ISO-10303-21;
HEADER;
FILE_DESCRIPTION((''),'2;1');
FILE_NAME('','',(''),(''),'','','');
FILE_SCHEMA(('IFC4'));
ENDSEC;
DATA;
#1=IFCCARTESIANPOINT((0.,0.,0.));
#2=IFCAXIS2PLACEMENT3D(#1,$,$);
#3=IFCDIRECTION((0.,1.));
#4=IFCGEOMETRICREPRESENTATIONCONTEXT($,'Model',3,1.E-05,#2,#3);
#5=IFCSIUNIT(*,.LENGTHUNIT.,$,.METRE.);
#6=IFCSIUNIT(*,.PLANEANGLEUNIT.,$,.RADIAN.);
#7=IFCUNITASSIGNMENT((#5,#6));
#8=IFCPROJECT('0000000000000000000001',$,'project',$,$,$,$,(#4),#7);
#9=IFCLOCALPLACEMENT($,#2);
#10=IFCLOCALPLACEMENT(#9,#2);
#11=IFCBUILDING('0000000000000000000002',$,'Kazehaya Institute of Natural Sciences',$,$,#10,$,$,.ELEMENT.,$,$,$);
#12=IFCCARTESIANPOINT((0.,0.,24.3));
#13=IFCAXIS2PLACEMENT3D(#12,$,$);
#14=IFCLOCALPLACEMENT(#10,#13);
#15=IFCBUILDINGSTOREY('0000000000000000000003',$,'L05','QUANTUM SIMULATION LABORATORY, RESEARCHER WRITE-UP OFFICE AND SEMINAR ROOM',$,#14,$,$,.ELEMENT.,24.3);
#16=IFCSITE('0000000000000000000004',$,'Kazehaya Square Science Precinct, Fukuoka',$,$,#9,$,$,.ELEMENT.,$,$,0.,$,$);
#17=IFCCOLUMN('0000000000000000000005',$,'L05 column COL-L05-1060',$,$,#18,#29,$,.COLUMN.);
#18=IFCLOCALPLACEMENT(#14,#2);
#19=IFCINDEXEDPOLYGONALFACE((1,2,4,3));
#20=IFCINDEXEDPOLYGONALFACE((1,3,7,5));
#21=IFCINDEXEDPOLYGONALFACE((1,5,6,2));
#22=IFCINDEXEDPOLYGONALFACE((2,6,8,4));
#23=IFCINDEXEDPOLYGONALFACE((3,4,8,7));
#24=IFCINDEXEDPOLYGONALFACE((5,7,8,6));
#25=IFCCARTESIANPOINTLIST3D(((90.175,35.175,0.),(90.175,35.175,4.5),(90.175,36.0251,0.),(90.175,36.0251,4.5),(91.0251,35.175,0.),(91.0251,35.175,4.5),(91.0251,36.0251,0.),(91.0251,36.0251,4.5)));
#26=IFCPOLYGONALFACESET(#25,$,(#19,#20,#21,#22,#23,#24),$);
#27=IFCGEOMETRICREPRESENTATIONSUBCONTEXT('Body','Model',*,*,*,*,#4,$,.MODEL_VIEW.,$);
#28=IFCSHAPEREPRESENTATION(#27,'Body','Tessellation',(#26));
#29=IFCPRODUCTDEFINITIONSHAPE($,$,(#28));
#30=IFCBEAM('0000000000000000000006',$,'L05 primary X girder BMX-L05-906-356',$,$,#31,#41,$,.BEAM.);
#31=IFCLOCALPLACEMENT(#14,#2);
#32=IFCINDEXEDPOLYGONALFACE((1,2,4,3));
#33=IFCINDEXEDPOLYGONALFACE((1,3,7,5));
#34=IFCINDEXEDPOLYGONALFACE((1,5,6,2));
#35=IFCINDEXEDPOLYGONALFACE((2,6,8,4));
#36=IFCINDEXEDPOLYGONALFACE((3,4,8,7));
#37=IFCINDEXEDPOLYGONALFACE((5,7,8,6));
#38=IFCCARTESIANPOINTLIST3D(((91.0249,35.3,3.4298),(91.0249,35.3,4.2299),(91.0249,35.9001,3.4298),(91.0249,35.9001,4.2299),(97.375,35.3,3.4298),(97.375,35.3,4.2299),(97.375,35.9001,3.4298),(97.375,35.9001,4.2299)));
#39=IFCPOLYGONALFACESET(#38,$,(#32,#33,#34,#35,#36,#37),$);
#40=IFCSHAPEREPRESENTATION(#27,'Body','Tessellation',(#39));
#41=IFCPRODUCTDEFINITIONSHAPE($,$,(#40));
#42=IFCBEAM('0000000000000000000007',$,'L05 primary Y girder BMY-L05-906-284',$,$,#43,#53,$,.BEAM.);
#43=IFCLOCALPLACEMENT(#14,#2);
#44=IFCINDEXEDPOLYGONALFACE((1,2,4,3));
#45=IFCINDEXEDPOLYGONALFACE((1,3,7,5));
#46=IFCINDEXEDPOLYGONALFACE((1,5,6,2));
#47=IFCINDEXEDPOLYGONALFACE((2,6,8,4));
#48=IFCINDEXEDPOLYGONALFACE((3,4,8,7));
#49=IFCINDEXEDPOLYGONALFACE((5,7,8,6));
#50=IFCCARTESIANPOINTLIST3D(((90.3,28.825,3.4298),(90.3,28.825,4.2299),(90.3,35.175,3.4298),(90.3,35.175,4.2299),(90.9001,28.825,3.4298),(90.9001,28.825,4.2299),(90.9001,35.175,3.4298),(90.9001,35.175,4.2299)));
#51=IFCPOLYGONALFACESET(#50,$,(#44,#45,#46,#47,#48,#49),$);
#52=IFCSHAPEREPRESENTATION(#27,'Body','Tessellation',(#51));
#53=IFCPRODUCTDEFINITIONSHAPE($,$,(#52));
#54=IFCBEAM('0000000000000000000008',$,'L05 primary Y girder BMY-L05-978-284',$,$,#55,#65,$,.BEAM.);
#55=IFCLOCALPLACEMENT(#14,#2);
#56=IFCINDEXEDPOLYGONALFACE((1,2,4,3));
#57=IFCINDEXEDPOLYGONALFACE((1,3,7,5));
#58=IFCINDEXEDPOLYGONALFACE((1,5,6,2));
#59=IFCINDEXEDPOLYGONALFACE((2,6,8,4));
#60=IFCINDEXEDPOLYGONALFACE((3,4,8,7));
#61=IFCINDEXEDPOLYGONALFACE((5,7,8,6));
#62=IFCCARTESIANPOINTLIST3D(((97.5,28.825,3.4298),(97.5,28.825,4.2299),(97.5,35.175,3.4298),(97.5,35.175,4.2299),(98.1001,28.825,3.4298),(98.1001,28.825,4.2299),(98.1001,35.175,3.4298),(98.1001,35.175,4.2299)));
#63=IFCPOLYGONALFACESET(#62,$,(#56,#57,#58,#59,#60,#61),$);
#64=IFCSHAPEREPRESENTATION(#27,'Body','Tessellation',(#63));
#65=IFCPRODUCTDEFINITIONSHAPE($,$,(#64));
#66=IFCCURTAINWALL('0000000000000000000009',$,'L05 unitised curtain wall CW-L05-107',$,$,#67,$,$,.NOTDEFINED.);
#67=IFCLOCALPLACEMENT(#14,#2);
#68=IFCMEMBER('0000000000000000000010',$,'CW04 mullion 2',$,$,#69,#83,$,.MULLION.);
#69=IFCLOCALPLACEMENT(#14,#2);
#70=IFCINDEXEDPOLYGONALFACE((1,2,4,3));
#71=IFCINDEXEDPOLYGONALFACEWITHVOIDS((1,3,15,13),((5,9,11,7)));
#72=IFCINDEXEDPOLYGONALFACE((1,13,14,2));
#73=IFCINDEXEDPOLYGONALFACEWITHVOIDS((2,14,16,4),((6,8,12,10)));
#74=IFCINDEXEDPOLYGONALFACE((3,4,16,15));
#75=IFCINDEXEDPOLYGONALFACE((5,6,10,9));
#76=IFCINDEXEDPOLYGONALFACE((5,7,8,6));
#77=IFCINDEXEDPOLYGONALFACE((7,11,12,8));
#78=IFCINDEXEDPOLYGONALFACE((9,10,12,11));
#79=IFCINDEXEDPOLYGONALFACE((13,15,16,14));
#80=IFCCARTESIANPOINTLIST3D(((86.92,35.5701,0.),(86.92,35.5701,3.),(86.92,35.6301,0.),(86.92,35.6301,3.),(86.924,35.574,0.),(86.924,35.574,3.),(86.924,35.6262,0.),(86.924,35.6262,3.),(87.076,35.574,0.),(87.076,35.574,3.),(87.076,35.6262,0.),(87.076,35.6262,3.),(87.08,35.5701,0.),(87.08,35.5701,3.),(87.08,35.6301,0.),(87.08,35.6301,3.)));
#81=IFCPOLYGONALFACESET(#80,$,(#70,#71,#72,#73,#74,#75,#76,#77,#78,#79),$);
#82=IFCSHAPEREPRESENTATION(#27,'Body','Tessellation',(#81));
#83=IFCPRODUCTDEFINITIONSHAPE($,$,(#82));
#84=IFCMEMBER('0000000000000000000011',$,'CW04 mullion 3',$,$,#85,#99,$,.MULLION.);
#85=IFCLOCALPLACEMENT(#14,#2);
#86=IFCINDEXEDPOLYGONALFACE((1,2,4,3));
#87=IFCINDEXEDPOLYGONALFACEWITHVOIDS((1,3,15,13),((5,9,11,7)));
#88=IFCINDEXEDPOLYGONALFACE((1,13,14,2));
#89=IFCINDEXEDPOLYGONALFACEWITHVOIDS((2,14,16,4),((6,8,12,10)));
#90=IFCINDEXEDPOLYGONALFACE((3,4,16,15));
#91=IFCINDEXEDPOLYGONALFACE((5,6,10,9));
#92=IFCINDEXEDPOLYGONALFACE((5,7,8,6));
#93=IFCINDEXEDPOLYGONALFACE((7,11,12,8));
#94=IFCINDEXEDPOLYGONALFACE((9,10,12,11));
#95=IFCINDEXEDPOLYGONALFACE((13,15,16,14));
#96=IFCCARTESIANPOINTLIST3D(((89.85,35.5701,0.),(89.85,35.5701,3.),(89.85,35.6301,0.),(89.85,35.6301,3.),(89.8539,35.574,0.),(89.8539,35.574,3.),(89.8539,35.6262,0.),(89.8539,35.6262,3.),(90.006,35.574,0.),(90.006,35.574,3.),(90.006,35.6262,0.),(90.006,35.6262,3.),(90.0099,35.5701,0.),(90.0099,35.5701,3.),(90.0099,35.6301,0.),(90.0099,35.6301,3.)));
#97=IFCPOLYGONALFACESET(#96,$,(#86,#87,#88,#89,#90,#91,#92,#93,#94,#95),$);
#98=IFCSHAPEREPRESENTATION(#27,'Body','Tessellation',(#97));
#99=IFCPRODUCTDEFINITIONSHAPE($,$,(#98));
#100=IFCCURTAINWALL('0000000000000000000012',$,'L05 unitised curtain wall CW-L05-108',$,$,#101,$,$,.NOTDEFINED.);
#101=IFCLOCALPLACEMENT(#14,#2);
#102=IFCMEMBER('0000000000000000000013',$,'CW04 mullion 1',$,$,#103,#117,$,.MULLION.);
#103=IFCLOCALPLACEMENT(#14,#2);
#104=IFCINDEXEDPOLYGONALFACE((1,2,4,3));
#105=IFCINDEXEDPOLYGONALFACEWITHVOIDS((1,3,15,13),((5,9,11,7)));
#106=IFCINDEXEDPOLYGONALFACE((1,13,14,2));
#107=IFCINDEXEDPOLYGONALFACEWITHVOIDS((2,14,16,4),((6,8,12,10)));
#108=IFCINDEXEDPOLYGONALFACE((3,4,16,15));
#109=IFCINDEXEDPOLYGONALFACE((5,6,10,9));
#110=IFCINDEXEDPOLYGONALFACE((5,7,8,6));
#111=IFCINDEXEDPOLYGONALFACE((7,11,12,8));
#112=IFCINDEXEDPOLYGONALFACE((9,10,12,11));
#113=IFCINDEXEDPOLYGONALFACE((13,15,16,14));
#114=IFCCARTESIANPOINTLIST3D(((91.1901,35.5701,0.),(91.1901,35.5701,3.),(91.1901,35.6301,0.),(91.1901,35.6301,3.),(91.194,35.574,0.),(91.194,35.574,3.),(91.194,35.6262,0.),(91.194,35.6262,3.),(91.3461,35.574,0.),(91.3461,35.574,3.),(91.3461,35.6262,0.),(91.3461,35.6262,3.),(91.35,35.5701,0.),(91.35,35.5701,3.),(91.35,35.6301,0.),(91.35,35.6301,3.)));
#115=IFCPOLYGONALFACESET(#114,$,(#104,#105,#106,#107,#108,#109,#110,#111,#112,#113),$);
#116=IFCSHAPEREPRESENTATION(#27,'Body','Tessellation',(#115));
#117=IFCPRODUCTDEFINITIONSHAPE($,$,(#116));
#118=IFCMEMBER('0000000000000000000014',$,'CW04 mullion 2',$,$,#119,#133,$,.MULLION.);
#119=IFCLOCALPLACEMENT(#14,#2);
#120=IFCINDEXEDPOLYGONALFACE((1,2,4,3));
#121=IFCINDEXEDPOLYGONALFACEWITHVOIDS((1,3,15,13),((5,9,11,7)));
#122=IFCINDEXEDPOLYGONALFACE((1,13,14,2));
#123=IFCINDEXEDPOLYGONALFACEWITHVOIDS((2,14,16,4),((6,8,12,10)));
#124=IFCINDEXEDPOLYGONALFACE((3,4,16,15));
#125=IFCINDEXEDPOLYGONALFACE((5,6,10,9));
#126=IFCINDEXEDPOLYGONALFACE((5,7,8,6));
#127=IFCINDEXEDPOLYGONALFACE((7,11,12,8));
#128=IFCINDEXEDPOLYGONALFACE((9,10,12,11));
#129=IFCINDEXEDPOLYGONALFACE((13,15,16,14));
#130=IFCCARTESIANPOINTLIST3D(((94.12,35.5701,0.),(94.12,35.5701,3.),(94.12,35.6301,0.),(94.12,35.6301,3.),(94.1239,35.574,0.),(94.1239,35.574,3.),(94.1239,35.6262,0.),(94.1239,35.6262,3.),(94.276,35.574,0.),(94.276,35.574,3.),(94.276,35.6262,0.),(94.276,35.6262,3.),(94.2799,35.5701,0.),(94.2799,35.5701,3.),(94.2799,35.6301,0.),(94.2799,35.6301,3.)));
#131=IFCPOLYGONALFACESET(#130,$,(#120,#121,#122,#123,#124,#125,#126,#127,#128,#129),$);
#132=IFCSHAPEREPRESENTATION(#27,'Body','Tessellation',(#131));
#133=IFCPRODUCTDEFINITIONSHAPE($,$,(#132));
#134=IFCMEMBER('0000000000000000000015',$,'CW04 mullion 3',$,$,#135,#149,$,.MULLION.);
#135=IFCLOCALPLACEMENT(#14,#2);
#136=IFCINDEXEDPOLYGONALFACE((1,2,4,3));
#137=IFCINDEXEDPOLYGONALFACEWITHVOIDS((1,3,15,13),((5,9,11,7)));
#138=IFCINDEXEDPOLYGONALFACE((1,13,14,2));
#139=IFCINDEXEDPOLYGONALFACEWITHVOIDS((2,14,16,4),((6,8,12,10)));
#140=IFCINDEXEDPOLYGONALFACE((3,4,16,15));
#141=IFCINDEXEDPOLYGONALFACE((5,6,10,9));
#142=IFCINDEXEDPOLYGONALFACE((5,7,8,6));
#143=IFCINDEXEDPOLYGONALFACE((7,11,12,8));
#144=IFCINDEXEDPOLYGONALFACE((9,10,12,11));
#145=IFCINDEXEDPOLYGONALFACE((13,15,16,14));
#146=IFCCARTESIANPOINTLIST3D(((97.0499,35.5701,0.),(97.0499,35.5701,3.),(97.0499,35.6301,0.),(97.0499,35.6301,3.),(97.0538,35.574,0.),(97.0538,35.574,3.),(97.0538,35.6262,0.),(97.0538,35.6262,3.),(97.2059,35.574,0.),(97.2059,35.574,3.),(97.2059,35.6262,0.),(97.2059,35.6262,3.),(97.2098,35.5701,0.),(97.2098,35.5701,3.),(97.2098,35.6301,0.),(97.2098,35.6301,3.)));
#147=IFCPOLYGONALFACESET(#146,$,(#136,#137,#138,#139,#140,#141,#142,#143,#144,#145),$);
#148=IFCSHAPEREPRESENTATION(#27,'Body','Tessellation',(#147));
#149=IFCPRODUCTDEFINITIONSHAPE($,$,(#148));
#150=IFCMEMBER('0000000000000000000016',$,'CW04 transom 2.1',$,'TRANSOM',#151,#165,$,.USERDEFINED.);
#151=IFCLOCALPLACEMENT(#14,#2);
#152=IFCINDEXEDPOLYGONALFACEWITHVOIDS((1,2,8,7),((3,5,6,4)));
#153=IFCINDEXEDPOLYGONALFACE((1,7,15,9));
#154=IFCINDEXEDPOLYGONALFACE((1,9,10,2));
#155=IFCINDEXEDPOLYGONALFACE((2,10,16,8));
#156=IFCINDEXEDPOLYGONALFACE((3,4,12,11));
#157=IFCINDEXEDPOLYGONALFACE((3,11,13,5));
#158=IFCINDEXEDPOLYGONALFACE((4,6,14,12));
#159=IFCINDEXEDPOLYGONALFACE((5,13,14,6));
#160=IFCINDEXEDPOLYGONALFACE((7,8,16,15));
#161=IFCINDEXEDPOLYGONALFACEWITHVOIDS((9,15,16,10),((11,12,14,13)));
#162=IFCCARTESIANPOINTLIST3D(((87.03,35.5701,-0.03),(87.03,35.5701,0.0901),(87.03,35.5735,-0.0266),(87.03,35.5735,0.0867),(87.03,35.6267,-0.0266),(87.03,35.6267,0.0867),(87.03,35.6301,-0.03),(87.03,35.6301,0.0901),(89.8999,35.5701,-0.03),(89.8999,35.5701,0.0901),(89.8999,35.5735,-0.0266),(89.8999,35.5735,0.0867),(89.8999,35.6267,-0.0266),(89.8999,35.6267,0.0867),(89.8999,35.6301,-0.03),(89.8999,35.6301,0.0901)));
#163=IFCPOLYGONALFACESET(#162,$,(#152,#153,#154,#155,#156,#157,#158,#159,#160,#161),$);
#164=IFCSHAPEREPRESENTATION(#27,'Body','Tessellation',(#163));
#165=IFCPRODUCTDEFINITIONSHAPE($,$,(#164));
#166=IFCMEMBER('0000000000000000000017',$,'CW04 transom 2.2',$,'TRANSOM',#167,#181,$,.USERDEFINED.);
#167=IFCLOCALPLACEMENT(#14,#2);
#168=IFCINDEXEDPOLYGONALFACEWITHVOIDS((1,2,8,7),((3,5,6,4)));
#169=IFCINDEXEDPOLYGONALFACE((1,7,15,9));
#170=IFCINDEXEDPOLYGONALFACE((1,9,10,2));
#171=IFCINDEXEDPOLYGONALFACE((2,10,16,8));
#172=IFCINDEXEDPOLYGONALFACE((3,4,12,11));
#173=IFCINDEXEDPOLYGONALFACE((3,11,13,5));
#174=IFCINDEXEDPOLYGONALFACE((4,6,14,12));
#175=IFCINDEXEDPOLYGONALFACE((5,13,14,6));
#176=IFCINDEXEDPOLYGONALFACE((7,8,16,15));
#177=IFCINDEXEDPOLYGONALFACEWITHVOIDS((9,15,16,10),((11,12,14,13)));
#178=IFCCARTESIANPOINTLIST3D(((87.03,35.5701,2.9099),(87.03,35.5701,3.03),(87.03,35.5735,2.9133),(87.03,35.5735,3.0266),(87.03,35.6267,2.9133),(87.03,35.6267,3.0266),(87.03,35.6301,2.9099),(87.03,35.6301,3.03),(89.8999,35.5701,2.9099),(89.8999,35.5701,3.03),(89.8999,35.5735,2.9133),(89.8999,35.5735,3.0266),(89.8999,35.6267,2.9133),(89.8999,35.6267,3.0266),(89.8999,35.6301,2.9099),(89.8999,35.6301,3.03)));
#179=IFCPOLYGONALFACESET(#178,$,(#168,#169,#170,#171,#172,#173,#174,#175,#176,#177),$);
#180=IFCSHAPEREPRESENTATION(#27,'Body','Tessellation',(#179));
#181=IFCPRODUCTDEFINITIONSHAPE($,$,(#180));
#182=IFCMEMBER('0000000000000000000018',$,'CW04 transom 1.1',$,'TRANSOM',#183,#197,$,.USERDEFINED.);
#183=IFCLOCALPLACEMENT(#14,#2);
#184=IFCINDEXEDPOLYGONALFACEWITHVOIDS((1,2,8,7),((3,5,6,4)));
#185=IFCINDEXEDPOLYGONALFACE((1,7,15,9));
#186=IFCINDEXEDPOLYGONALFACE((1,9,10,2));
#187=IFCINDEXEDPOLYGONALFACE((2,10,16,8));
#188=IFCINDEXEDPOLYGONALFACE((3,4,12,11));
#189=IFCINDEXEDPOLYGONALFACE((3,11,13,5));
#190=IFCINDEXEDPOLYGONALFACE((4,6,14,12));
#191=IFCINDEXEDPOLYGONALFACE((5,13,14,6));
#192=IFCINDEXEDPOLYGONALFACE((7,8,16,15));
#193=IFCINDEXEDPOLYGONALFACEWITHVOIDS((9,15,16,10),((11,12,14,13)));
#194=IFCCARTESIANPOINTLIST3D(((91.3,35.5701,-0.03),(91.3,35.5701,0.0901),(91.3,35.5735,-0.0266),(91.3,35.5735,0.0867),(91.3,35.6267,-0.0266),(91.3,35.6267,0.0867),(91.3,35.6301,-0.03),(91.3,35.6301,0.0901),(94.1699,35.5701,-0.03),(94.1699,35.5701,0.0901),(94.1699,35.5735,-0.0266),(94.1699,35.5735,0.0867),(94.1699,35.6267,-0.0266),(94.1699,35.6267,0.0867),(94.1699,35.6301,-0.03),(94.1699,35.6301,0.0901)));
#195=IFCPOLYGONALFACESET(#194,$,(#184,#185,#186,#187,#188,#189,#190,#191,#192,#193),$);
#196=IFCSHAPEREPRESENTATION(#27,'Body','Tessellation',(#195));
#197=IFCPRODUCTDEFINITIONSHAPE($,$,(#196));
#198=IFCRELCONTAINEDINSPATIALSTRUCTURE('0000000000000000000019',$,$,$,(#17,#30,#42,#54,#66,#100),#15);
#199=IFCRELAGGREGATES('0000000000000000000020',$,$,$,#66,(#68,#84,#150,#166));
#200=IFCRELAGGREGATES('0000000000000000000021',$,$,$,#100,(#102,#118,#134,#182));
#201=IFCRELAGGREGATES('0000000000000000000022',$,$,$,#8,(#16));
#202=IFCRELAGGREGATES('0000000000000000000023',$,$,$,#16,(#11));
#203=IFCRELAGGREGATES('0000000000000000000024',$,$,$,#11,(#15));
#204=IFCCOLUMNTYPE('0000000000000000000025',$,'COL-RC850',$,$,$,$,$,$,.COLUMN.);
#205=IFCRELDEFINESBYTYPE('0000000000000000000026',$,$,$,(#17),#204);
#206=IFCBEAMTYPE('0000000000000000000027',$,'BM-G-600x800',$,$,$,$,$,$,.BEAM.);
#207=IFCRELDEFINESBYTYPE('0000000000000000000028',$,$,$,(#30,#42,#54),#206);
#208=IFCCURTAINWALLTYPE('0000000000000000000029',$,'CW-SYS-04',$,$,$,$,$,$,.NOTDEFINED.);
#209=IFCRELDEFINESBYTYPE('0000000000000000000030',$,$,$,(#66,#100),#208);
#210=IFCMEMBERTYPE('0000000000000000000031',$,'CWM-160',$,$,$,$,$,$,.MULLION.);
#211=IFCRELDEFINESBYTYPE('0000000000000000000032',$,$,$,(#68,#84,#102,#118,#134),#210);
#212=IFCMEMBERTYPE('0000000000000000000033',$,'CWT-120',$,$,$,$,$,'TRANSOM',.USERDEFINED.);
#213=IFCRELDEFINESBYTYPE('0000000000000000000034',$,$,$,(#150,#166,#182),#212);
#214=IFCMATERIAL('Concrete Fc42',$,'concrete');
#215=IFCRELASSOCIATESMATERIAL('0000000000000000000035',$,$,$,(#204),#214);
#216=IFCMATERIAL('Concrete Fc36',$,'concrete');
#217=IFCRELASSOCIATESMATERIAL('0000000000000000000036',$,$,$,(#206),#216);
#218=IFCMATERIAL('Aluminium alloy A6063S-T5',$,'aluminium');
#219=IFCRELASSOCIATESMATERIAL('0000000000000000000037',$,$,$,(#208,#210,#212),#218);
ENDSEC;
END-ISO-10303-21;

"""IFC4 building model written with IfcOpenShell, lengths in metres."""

from ifc_helpers import new_model, si_unit, direction, frame, origin, origin_2d, place, context, subcontext, project, spatial, rectangle, hollow_rectangle, extrude, material, material_profile, profile_set, type_object, element, aggregate, save


model = new_model("IFC4")

# Units and contexts
model_context = context("Model", 3, precision=1e-05, world=origin(), true_north=direction((0.0, 1.0)))
body_context = subcontext(model_context, "Body", "Model", "MODEL_VIEW")
ifc_project = project(units=[si_unit("LENGTHUNIT", "METRE"), si_unit("PLANEANGLEUNIT", "RADIAN")], contexts=[model_context])

# Site, building, storey
site_placement = place(None, origin())
site = spatial("IfcSite", under=ifc_project, at=site_placement, Name="Kazehaya Square Science Precinct, Fukuoka", CompositionType="ELEMENT", RefElevation=0.0)
building_placement = place(site_placement, origin())
building = spatial("IfcBuilding", under=site, at=building_placement, Name="Kazehaya Institute of Natural Sciences", CompositionType="ELEMENT")
storey_placement = place(building_placement, frame((0.0, 0.0, 24.3)))
storey = spatial("IfcBuildingStorey", under=building, at=storey_placement, Name="L05", Description="QUANTUM SIMULATION LABORATORY, RESEARCHER WRITE-UP OFFICE AND SEMINAR ROOM", CompositionType="ELEMENT", Elevation=24.3)

# Column
ifc_material_1 = material(Name="Concrete Fc42", Category="concrete")
ifc_material_profile_1 = material_profile(ifc_material_1, rectangle(XDim=0.8501, YDim=0.8501, at=origin_2d()), Name="RC-850x850")
ifc_profile_set_1 = profile_set([ifc_material_profile_1], Name="Concrete Fc42")
column_type = type_object("IfcColumnType", Name="COL-RC850", PredefinedType="COLUMN", material=ifc_profile_set_1)
column_placement = place(storey_placement, frame((90.6001, 35.6001, 0.0), z_axis=(0.0, 0.0, 1.0), x_axis=(1.0, 0.0, 0.0)))
element("IfcColumn", 1, at=column_placement, inside=storey, type_object=column_type, Name="L05 column COL-L05-1060", PredefinedType="COLUMN", context=body_context, shape_type="SweptSolid", body=[
    extrude(rectangle(XDim=0.8501, YDim=0.8501, at=origin_2d()), origin(), (0.0, 0.0, 1.0), 4.5),
])

# Beams
ifc_material_2 = material(Name="Concrete Fc36", Category="concrete")
ifc_material_profile_2 = material_profile(ifc_material_2, rectangle(XDim=0.6001, YDim=0.8, at=origin_2d()), Name="RC-600x800")
ifc_profile_set_2 = profile_set([ifc_material_profile_2], Name="Concrete Fc36")
beam_type = type_object("IfcBeamType", Name="BM-G-600x800", PredefinedType="BEAM", material=ifc_profile_set_2)
for number, where, z_axis, x_axis, name in (
    (2, (91.0249, 35.6001, 3.8298), (1.0, 0.0, 0.0), (0.0, 1.0, 0.0), "L05 primary X girder BMX-L05-906-356"),
    (3, (90.6001, 28.825, 3.8298), (0.0, 1.0, 0.0), (-1.0, 0.0, 0.0), "L05 primary Y girder BMY-L05-906-284"),
    (4, (97.8, 28.825, 3.8298), (0.0, 1.0, 0.0), (-1.0, 0.0, 0.0), "L05 primary Y girder BMY-L05-978-284"),
):
    element("IfcBeam", number, at=place(storey_placement, frame(where, z_axis=z_axis, x_axis=x_axis)), inside=storey, type_object=beam_type, Name=name, PredefinedType="BEAM", context=body_context, shape_type="SweptSolid", body=[
        extrude(rectangle(XDim=0.6001, YDim=0.8, at=origin_2d()), origin(), (0.0, 0.0, 1.0), 6.3501),
    ])

# Curtain walls, members
ifc_material_3 = material(Name="Aluminium alloy A6063S-T5", Category="aluminium")
curtain_wall_type = type_object("IfcCurtainWallType", Name="CW-SYS-04", PredefinedType="NOTDEFINED", material=ifc_material_3)
curtain_wall_1_placement = place(storey_placement, origin())
curtain_wall_1 = element("IfcCurtainWall", 5, at=curtain_wall_1_placement, inside=storey, type_object=curtain_wall_type, Name="L05 unitised curtain wall CW-L05-107", PredefinedType="NOTDEFINED")
ifc_material_profile_3 = material_profile(ifc_material_3, hollow_rectangle(XDim=0.0601, YDim=0.1599, WallThickness=0.0039, at=origin_2d()), Name="ALU-60x160x4")
ifc_profile_set_3 = profile_set([ifc_material_profile_3], Name="Aluminium alloy A6063S-T5")
member_type_1 = type_object("IfcMemberType", Name="CWM-160", PredefinedType="MULLION", material=ifc_profile_set_3)
member_1_placement = place(storey_placement, frame((87.0, 35.6001, 0.0), z_axis=(0.0, 0.0, 1.0), x_axis=(0.0, 1.0, 0.0)))
member_1 = element("IfcMember", 6, at=member_1_placement, type_object=member_type_1, Name="CW04 mullion 2", PredefinedType="MULLION", context=body_context, shape_type="SweptSolid", body=[
    extrude(hollow_rectangle(XDim=0.0601, YDim=0.1599, WallThickness=0.0039, at=origin_2d()), origin(), (0.0, 0.0, 1.0), 3.0),
])
member_2_placement = place(storey_placement, frame((89.9299, 35.6001, 0.0), z_axis=(0.0, 0.0, 1.0), x_axis=(0.0, 1.0, 0.0)))
member_2 = element("IfcMember", 7, at=member_2_placement, type_object=member_type_1, Name="CW04 mullion 3", PredefinedType="MULLION", context=body_context, shape_type="SweptSolid", body=[
    extrude(hollow_rectangle(XDim=0.0601, YDim=0.1599, WallThickness=0.0039, at=origin_2d()), origin(), (0.0, 0.0, 1.0), 3.0),
])
curtain_wall_2_placement = place(storey_placement, origin())
curtain_wall_2 = element("IfcCurtainWall", 8, at=curtain_wall_2_placement, inside=storey, type_object=curtain_wall_type, Name="L05 unitised curtain wall CW-L05-108", PredefinedType="NOTDEFINED")
member_3_placement = place(storey_placement, frame((91.27, 35.6001, 0.0), z_axis=(0.0, 0.0, 1.0), x_axis=(0.0, 1.0, 0.0)))
member_3 = element("IfcMember", 9, at=member_3_placement, type_object=member_type_1, Name="CW04 mullion 1", PredefinedType="MULLION", context=body_context, shape_type="SweptSolid", body=[
    extrude(hollow_rectangle(XDim=0.0601, YDim=0.1599, WallThickness=0.0039, at=origin_2d()), origin(), (0.0, 0.0, 1.0), 3.0),
])
member_4_placement = place(storey_placement, frame((94.2, 35.6001, 0.0), z_axis=(0.0, 0.0, 1.0), x_axis=(0.0, 1.0, 0.0)))
member_4 = element("IfcMember", 10, at=member_4_placement, type_object=member_type_1, Name="CW04 mullion 2", PredefinedType="MULLION", context=body_context, shape_type="SweptSolid", body=[
    extrude(hollow_rectangle(XDim=0.0601, YDim=0.1599, WallThickness=0.0039, at=origin_2d()), origin(), (0.0, 0.0, 1.0), 3.0),
])
member_5_placement = place(storey_placement, frame((97.1299, 35.6001, 0.0), z_axis=(0.0, 0.0, 1.0), x_axis=(0.0, 1.0, 0.0)))
member_5 = element("IfcMember", 11, at=member_5_placement, type_object=member_type_1, Name="CW04 mullion 3", PredefinedType="MULLION", context=body_context, shape_type="SweptSolid", body=[
    extrude(hollow_rectangle(XDim=0.0601, YDim=0.1599, WallThickness=0.0039, at=origin_2d()), origin(), (0.0, 0.0, 1.0), 3.0),
])

# Members
ifc_material_profile_4 = material_profile(ifc_material_3, hollow_rectangle(XDim=0.0601, YDim=0.1201, WallThickness=0.0034, at=origin_2d()), Name="ALU-60x120x3.5")
ifc_profile_set_4 = profile_set([ifc_material_profile_4], Name="Aluminium alloy A6063S-T5")
member_type_2 = type_object("IfcMemberType", Name="CWT-120", ElementType="TRANSOM", PredefinedType="USERDEFINED", material=ifc_profile_set_4)
member_6_placement = place(storey_placement, frame((87.03, 35.6001, 0.03), z_axis=(1.0, 0.0, 0.0), x_axis=(0.0, 1.0, 0.0)))
member_6 = element("IfcMember", 12, at=member_6_placement, type_object=member_type_2, Name="CW04 transom 2.1", ObjectType="TRANSOM", PredefinedType="USERDEFINED", context=body_context, shape_type="SweptSolid", body=[
    extrude(hollow_rectangle(XDim=0.0601, YDim=0.1201, WallThickness=0.0034, at=origin_2d()), origin(), (0.0, 0.0, 1.0), 2.8699),
])
member_7_placement = place(storey_placement, frame((87.03, 35.6001, 2.97), z_axis=(1.0, 0.0, 0.0), x_axis=(0.0, 1.0, 0.0)))
member_7 = element("IfcMember", 13, at=member_7_placement, type_object=member_type_2, Name="CW04 transom 2.2", ObjectType="TRANSOM", PredefinedType="USERDEFINED", context=body_context, shape_type="SweptSolid", body=[
    extrude(hollow_rectangle(XDim=0.0601, YDim=0.1201, WallThickness=0.0034, at=origin_2d()), origin(), (0.0, 0.0, 1.0), 2.8699),
])
member_8_placement = place(storey_placement, frame((91.3, 35.6001, 0.03), z_axis=(1.0, 0.0, 0.0), x_axis=(0.0, 1.0, 0.0)))
member_8 = element("IfcMember", 14, at=member_8_placement, type_object=member_type_2, Name="CW04 transom 1.1", ObjectType="TRANSOM", PredefinedType="USERDEFINED", context=body_context, shape_type="SweptSolid", body=[
    extrude(hollow_rectangle(XDim=0.0601, YDim=0.1201, WallThickness=0.0034, at=origin_2d()), origin(), (0.0, 0.0, 1.0), 2.8699),
])

aggregate(curtain_wall_1, [member_1, member_2, member_6, member_7])
aggregate(curtain_wall_2, [member_3, member_4, member_5, member_8])

save(model, "model.ifc")
